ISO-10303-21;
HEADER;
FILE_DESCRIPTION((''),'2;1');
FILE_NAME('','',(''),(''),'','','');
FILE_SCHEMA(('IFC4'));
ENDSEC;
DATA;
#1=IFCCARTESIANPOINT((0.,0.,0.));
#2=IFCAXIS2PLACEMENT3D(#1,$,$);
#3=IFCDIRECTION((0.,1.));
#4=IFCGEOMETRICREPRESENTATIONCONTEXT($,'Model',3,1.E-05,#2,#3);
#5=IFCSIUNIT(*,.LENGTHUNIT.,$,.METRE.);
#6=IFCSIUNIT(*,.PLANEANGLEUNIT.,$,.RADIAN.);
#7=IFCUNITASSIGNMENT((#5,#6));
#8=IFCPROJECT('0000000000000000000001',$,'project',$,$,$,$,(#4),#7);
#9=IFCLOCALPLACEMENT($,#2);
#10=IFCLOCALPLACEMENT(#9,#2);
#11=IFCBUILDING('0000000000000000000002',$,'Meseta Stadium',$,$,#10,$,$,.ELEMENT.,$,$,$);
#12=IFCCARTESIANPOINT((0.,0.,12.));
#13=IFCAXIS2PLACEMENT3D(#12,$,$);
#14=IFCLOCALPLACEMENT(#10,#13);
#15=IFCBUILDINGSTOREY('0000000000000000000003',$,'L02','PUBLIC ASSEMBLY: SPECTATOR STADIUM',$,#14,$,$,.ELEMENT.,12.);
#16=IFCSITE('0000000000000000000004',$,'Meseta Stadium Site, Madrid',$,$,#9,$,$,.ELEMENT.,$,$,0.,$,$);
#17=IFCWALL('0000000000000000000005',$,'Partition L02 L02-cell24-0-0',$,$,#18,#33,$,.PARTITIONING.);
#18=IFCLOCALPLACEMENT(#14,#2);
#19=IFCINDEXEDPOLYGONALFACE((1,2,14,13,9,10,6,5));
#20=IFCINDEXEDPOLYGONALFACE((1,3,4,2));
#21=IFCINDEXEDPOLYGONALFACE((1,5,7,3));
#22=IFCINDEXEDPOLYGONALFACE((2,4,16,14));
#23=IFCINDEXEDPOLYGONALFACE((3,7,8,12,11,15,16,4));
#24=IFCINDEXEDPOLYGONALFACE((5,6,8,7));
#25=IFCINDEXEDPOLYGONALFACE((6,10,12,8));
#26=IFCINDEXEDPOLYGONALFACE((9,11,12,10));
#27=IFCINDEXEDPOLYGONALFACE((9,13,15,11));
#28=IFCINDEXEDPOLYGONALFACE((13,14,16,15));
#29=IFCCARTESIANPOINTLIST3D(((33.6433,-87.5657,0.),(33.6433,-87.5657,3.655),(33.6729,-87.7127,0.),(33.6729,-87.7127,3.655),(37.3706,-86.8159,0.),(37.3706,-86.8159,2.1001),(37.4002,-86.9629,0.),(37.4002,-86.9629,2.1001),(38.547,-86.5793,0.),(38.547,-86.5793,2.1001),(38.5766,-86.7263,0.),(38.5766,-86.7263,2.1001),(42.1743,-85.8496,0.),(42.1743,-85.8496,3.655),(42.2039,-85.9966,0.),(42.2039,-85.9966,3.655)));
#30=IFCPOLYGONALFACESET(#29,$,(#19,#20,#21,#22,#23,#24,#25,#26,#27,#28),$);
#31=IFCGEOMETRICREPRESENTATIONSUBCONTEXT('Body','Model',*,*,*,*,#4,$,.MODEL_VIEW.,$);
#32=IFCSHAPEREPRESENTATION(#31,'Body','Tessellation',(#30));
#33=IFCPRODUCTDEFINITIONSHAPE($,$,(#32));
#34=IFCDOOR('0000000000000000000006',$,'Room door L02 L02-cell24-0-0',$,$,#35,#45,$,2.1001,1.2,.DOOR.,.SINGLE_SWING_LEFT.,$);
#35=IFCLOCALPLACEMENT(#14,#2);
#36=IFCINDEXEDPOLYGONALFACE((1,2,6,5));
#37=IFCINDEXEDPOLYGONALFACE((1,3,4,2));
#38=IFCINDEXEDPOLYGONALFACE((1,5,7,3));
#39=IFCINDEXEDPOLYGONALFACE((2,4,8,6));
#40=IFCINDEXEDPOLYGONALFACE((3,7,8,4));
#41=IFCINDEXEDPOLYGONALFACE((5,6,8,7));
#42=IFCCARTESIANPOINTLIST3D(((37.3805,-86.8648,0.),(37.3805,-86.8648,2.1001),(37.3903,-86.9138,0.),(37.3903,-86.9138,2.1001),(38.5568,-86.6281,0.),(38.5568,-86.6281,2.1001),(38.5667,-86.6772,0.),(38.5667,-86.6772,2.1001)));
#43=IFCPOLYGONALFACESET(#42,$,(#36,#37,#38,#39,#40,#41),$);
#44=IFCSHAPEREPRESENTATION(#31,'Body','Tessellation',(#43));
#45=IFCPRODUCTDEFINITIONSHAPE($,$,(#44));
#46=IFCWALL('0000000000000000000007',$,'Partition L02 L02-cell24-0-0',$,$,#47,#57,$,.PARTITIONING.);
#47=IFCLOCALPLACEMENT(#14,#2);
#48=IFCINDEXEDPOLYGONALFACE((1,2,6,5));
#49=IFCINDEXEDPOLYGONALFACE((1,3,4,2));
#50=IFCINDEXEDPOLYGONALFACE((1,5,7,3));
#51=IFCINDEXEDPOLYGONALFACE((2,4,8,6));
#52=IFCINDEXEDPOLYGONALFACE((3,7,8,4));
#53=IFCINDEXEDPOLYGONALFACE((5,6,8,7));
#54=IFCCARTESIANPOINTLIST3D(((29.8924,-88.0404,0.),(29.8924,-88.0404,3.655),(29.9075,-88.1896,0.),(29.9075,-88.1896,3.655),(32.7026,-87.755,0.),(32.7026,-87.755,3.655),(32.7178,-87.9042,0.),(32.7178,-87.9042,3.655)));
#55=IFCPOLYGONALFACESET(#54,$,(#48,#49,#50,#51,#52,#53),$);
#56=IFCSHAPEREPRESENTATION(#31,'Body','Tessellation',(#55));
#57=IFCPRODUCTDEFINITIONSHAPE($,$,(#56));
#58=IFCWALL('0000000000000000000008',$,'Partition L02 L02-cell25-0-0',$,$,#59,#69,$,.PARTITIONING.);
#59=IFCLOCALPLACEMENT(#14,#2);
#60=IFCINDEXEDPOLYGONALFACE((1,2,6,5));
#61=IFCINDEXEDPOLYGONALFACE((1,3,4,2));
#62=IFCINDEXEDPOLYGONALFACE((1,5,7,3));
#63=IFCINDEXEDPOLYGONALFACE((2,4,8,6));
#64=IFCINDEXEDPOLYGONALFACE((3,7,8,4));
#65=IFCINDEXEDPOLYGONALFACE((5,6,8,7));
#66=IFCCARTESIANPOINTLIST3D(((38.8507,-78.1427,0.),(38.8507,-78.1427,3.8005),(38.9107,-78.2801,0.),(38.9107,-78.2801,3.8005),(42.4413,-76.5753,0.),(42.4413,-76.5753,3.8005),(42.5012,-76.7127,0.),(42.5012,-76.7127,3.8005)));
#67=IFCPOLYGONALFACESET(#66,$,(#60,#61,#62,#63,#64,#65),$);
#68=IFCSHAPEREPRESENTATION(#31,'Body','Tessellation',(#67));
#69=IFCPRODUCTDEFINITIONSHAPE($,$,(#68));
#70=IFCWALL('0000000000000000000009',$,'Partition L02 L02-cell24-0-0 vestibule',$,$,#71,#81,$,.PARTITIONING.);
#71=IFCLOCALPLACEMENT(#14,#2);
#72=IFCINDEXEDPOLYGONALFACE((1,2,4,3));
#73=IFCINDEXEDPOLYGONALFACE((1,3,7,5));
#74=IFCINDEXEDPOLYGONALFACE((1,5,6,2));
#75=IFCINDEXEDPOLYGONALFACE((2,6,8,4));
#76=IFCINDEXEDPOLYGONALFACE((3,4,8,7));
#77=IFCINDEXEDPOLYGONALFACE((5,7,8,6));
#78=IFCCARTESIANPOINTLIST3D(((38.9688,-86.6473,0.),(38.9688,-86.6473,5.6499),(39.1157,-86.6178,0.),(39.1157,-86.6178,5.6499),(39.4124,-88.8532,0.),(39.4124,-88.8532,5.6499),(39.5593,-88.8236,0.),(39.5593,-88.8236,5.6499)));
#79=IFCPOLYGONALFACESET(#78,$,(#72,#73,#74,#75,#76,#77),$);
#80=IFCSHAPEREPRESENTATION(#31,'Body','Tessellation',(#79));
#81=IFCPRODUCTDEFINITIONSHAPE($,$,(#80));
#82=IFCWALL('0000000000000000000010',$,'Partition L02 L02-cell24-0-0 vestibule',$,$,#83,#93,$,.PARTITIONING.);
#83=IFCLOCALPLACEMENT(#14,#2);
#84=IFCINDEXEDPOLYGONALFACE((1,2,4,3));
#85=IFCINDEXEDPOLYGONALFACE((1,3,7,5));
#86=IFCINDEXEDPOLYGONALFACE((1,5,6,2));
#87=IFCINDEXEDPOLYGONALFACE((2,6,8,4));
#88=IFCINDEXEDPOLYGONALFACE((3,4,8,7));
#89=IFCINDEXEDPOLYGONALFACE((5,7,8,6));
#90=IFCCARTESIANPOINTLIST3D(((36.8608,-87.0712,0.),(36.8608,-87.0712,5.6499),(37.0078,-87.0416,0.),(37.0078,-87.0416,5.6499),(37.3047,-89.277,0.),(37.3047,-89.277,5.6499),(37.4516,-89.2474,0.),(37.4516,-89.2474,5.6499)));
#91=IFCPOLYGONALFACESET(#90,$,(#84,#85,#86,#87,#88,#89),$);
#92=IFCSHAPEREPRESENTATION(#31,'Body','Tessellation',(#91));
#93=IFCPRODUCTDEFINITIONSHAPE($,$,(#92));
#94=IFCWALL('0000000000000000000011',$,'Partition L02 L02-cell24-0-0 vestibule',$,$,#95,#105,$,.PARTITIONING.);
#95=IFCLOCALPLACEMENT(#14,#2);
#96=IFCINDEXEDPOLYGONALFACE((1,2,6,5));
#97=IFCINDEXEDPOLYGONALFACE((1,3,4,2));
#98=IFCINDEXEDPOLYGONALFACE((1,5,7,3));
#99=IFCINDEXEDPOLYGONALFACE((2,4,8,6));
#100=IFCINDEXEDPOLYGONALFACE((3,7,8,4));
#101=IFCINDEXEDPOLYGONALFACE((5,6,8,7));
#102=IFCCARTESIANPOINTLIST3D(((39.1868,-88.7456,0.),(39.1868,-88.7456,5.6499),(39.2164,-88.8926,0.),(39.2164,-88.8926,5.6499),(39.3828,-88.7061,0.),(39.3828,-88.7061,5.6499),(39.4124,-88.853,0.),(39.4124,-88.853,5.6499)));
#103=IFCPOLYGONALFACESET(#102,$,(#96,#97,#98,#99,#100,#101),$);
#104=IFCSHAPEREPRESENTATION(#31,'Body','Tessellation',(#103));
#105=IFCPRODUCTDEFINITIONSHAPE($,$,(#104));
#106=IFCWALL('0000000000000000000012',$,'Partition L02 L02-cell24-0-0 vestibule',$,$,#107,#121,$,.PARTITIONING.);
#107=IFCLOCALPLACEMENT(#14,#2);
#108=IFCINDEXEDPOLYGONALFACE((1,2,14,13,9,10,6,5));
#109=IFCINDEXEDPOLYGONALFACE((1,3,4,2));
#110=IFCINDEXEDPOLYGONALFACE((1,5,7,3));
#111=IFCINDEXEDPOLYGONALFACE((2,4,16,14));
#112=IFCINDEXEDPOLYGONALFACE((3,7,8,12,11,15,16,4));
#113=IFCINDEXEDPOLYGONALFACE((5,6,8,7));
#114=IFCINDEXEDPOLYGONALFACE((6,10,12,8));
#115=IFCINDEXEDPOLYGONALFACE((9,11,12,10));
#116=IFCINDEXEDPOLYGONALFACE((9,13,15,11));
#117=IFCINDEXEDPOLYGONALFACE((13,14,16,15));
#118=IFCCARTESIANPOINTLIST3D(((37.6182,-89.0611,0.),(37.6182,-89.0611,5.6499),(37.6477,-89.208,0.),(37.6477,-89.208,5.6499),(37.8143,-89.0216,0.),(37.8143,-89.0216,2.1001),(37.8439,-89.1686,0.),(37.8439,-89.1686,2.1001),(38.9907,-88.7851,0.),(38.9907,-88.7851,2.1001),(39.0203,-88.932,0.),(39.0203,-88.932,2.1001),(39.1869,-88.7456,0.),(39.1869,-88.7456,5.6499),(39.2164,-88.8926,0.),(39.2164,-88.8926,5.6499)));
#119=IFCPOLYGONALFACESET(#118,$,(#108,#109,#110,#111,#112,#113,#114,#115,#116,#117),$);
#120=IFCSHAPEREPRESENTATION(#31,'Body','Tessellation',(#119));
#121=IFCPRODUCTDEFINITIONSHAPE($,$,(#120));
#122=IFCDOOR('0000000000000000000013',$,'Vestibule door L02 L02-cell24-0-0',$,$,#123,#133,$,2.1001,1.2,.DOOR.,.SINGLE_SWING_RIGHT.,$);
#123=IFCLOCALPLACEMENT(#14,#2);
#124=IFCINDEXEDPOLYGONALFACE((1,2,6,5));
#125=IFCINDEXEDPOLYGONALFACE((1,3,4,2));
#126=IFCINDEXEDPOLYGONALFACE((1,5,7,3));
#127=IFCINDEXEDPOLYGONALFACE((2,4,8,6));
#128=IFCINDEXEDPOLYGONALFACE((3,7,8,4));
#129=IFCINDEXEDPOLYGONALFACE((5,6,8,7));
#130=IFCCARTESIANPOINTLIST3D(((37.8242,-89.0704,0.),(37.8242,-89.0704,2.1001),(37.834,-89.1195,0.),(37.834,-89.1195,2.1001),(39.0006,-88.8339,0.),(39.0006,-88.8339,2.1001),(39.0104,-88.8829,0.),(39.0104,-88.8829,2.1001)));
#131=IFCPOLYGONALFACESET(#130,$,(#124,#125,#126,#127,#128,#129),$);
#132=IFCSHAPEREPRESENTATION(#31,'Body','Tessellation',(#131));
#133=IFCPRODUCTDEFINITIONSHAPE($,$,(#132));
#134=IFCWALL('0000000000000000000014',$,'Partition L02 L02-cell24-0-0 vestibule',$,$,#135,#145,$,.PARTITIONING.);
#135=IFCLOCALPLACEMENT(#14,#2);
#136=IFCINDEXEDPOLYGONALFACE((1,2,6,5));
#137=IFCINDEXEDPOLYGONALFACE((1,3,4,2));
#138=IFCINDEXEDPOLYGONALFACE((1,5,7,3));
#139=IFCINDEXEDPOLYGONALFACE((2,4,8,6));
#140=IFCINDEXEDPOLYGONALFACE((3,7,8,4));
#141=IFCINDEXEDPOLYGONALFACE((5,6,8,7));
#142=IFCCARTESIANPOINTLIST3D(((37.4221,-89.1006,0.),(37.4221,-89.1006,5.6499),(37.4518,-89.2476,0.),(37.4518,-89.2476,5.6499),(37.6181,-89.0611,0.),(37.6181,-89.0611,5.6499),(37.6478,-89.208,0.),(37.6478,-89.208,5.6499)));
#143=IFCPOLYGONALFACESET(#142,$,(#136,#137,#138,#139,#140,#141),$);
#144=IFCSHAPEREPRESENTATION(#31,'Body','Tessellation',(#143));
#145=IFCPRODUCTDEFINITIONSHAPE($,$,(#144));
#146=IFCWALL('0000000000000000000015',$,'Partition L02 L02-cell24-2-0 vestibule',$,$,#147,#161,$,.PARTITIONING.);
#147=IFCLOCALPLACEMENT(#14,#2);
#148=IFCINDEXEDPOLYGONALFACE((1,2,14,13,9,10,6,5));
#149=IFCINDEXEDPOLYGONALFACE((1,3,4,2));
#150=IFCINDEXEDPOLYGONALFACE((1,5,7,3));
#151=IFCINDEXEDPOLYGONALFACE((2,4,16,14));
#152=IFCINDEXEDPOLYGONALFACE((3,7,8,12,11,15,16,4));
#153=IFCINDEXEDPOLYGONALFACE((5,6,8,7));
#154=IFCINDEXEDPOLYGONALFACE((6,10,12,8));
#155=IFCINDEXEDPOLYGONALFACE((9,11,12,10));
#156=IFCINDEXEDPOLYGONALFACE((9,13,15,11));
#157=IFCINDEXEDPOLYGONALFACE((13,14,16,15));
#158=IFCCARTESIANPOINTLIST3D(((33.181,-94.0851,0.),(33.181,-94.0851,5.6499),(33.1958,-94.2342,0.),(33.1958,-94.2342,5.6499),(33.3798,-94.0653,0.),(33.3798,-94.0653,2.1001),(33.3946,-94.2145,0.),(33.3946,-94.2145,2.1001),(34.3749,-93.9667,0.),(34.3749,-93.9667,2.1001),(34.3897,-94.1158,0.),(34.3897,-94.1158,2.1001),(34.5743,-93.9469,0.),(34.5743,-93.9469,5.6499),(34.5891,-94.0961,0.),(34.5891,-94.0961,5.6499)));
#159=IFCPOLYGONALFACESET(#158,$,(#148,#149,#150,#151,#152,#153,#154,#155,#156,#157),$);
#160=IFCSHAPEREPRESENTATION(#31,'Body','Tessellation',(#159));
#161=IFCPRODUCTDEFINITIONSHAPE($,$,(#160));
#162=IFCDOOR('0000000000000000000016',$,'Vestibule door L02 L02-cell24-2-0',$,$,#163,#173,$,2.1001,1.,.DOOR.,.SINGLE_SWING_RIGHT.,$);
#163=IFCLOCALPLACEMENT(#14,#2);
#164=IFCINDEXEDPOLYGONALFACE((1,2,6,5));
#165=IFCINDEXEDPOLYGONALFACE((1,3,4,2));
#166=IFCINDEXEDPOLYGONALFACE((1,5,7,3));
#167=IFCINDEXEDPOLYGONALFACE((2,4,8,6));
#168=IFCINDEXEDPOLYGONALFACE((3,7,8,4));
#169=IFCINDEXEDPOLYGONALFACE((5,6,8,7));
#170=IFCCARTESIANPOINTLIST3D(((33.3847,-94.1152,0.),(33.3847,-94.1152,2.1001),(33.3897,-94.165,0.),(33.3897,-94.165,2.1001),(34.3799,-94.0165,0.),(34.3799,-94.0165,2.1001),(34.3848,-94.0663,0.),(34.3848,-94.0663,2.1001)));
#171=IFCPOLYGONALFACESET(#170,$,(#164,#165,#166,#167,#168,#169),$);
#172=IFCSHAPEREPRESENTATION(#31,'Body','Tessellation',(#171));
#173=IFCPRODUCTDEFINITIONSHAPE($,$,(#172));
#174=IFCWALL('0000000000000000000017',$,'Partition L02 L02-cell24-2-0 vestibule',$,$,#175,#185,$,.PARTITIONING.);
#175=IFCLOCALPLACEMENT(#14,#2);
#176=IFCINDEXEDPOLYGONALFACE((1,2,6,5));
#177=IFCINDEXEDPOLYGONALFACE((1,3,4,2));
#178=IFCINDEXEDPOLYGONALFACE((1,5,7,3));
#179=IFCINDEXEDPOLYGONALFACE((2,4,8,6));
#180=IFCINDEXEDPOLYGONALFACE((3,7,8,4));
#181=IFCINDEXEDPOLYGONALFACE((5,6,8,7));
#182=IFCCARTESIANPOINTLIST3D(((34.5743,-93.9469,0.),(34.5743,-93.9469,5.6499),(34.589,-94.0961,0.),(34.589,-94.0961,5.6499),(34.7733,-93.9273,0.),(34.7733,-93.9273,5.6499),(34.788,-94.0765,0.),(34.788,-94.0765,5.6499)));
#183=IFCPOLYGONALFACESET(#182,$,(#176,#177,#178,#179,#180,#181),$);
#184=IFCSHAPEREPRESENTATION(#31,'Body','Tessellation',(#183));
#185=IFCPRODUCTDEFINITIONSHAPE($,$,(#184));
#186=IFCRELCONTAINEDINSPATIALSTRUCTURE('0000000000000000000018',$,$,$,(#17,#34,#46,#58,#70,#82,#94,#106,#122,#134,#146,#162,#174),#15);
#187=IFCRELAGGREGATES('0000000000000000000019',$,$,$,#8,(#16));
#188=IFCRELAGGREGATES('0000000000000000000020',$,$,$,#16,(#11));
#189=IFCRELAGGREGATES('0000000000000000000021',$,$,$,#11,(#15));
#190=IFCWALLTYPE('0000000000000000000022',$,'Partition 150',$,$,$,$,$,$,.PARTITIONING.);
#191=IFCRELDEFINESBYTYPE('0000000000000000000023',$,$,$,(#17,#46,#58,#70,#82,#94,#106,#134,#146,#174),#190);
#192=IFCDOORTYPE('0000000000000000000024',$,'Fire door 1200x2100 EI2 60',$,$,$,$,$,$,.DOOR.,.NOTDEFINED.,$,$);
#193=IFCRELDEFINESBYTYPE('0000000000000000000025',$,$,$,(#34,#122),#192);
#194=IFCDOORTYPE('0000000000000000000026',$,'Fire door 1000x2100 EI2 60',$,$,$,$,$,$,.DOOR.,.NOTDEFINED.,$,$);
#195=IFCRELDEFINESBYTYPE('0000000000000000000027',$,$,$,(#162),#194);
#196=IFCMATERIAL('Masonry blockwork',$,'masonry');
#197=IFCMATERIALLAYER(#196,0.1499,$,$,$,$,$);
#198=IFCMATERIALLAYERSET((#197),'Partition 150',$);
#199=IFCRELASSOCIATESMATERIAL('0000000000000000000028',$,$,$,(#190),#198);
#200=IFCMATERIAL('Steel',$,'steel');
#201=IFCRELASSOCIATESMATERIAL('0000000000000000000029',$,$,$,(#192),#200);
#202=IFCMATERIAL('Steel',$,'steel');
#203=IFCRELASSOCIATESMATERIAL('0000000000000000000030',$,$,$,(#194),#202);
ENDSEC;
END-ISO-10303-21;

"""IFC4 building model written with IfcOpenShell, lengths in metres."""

from ifc_helpers import new_model, si_unit, direction, frame, frame_2d, origin, place, context, subcontext, project, spatial, rectangle, extrude, material, layer, layer_set, type_object, element, fill, save


model = new_model("IFC4")

# Units and contexts
model_context = context("Model", 3, precision=1e-05, world=origin(), true_north=direction((0.0, 1.0)))
body_context = subcontext(model_context, "Body", "Model", "MODEL_VIEW")
ifc_project = project(units=[si_unit("LENGTHUNIT", "METRE"), si_unit("PLANEANGLEUNIT", "RADIAN")], contexts=[model_context])

# Site, building, storey
site_placement = place(None, origin())
site = spatial("IfcSite", under=ifc_project, at=site_placement, Name="Meseta Stadium Site, Madrid", CompositionType="ELEMENT", RefElevation=0.0)
building_placement = place(site_placement, origin())
building = spatial("IfcBuilding", under=site, at=building_placement, Name="Meseta Stadium", CompositionType="ELEMENT")
storey_placement = place(building_placement, frame((0.0, 0.0, 12.0)))
storey = spatial("IfcBuildingStorey", under=building, at=storey_placement, Name="L02", Description="PUBLIC ASSEMBLY: SPECTATOR STADIUM", CompositionType="ELEMENT", Elevation=12.0)

# Wall, opening, door
ifc_material_1 = material(Name="Masonry blockwork", Category="masonry")
ifc_layer_1 = layer(ifc_material_1, 0.1499)
ifc_layer_set_1 = layer_set([ifc_layer_1], Name="Partition 150")
wall_type = type_object("IfcWallType", Name="Partition 150", PredefinedType="PARTITIONING", material=ifc_layer_set_1)
wall_1_placement = place(storey_placement, frame((42.1892, -85.9231, 0.0), z_axis=(0.0, 0.0, 1.0), x_axis=(-0.980362, -0.197206, 0.0)))
wall_1 = element("IfcWall", 1, at=wall_1_placement, inside=storey, type_object=wall_type, Name="Partition L02 L02-cell24-0-0", PredefinedType="PARTITIONING", context=body_context, shape_type="SweptSolid", body=[
    extrude(rectangle(XDim=8.7019, YDim=0.1499, at=frame_2d((4.3511, 0.0))), origin(), (0.0, 0.0, 1.0), 3.655),
])
opening_1_placement = place(wall_1_placement, frame((3.7, 0.0, 0.0)))
opening_1 = element("IfcOpeningElement", 2, at=opening_1_placement, cuts=wall_1, PredefinedType="OPENING", context=body_context, shape_type="SweptSolid", body=[
    extrude(rectangle(XDim=1.2, YDim=2.1001, at=frame_2d((0.6001, 1.05))), frame((0.0, 0.085, 0.0), z_axis=(0.0, -1.0, 0.0), x_axis=(1.0, 0.0, 0.0)), (0.0, 0.0, 1.0), 0.1699),
])
ifc_material_2 = material(Name="Steel", Category="steel")
door_type_1 = type_object("IfcDoorType", Name="Fire door 1200x2100 EI2 60", OperationType="NOTDEFINED", PredefinedType="DOOR", material=ifc_material_2)
door_1_placement = place(opening_1_placement, origin())
door_1 = element("IfcDoor", 3, at=door_1_placement, inside=storey, type_object=door_type_1, Name="Room door L02 L02-cell24-0-0", OperationType="SINGLE_SWING_LEFT", OverallHeight=2.1001, OverallWidth=1.2, PredefinedType="DOOR", context=body_context, shape_type="SweptSolid", body=[
    extrude(rectangle(XDim=1.2, YDim=2.1001, at=frame_2d((0.6001, 1.05))), frame((0.0, 0.0249, 0.0), z_axis=(0.0, -1.0, 0.0), x_axis=(1.0, 0.0, 0.0)), (0.0, 0.0, 1.0), 0.05),
])
fill(opening_1, door_1)

# Walls
wall_2_placement = place(storey_placement, frame((32.7102, -87.8296, 0.0), z_axis=(0.0, 0.0, 1.0), x_axis=(-0.994883, -0.101035, 0.0)))
element("IfcWall", 4, at=wall_2_placement, inside=storey, type_object=wall_type, Name="Partition L02 L02-cell24-0-0", PredefinedType="PARTITIONING", context=body_context, shape_type="SweptSolid", body=[
    extrude(rectangle(XDim=2.8247, YDim=0.1499, at=frame_2d((1.4124, 0.0))), origin(), (0.0, 0.0, 1.0), 3.655),
])
wall_3_placement = place(storey_placement, frame((38.8806, -78.2114, 0.0), z_axis=(0.0, 0.0, 1.0), x_axis=(0.916485, 0.40007, 0.0)))
element("IfcWall", 5, at=wall_3_placement, inside=storey, type_object=wall_type, Name="Partition L02 L02-cell25-0-0", PredefinedType="PARTITIONING", context=body_context, shape_type="SweptSolid", body=[
    extrude(rectangle(XDim=3.9177, YDim=0.1499, at=frame_2d((1.959, 0.0))), origin(), (0.0, 0.0, 1.0), 3.8005),
])
for number, where, z_axis, x_axis, name in (
    (6, (39.0422, -86.6326, 0.0), (0.0, 0.0, 1.0), (0.197159, -0.980371, 0.0), "Partition L02 L02-cell24-0-0 vestibule"),
    (7, (36.9343, -87.0564, 0.0), (0.0, 0.0, 1.0), (0.197264, -0.98035, 0.0), "Partition L02 L02-cell24-0-0 vestibule"),
):
    element("IfcWall", number, at=place(storey_placement, frame(where, z_axis=z_axis, x_axis=x_axis)), inside=storey, type_object=wall_type, Name=name, PredefinedType="PARTITIONING", context=body_context, shape_type="SweptSolid", body=[
        extrude(rectangle(XDim=2.25, YDim=0.1499, at=frame_2d((1.125, 0.0))), origin(), (0.0, 0.0, 1.0), 5.6499),
    ])
wall_4_placement = place(storey_placement, frame((39.3977, -88.7795, 0.0), z_axis=(0.0, 0.0, 1.0), x_axis=(-0.980251, -0.197759, 0.0)))
element("IfcWall", 8, at=wall_4_placement, inside=storey, type_object=wall_type, Name="Partition L02 L02-cell24-0-0 vestibule", PredefinedType="PARTITIONING", context=body_context, shape_type="SweptSolid", body=[
    extrude(rectangle(XDim=0.2, YDim=0.1499, at=frame_2d((0.1001, 0.0))), origin(), (0.0, 0.0, 1.0), 5.6499),
])

# Wall, opening, door
wall_5_placement = place(storey_placement, frame((39.2017, -88.8191, 0.0), z_axis=(0.0, 0.0, 1.0), x_axis=(-0.980375, -0.197143, 0.0)))
wall_5 = element("IfcWall", 9, at=wall_5_placement, inside=storey, type_object=wall_type, Name="Partition L02 L02-cell24-0-0 vestibule", PredefinedType="PARTITIONING", context=body_context, shape_type="SweptSolid", body=[
    extrude(rectangle(XDim=1.6001, YDim=0.1499, at=frame_2d((0.8, 0.0))), origin(), (0.0, 0.0, 1.0), 5.6499),
])
opening_2_placement = place(wall_5_placement, frame((0.2, 0.0, 0.0)))
opening_2 = element("IfcOpeningElement", 10, at=opening_2_placement, cuts=wall_5, PredefinedType="OPENING", context=body_context, shape_type="SweptSolid", body=[
    extrude(rectangle(XDim=1.2, YDim=2.1001, at=frame_2d((0.6001, 1.05))), frame((0.0, 0.085, 0.0), z_axis=(0.0, -1.0, 0.0), x_axis=(1.0, 0.0, 0.0)), (0.0, 0.0, 1.0), 0.1699),
])
door_2_placement = place(opening_2_placement, origin())
door_2 = element("IfcDoor", 11, at=door_2_placement, inside=storey, type_object=door_type_1, Name="Vestibule door L02 L02-cell24-0-0", OperationType="SINGLE_SWING_RIGHT", OverallHeight=2.1001, OverallWidth=1.2, PredefinedType="DOOR", context=body_context, shape_type="SweptSolid", body=[
    extrude(rectangle(XDim=1.2, YDim=2.1001, at=frame_2d((0.6001, 1.05))), frame((0.0, 0.0249, 0.0), z_axis=(0.0, -1.0, 0.0), x_axis=(1.0, 0.0, 0.0)), (0.0, 0.0, 1.0), 0.05),
])
fill(opening_2, door_2)

# Wall
wall_6_placement = place(storey_placement, frame((37.6331, -89.1345, 0.0), z_axis=(0.0, 0.0, 1.0), x_axis=(-0.980251, -0.197759, 0.0)))
element("IfcWall", 12, at=wall_6_placement, inside=storey, type_object=wall_type, Name="Partition L02 L02-cell24-0-0 vestibule", PredefinedType="PARTITIONING", context=body_context, shape_type="SweptSolid", body=[
    extrude(rectangle(XDim=0.2, YDim=0.1499, at=frame_2d((0.1001, 0.0))), origin(), (0.0, 0.0, 1.0), 5.6499),
])

# Wall, opening, door
wall_7_placement = place(storey_placement, frame((33.1882, -94.1597, 0.0), z_axis=(0.0, 0.0, 1.0), x_axis=(0.995118, 0.098692, 0.0)))
wall_7 = element("IfcWall", 13, at=wall_7_placement, inside=storey, type_object=wall_type, Name="Partition L02 L02-cell24-2-0 vestibule", PredefinedType="PARTITIONING", context=body_context, shape_type="SweptSolid", body=[
    extrude(rectangle(XDim=1.4001, YDim=0.1499, at=frame_2d((0.7002, 0.0))), origin(), (0.0, 0.0, 1.0), 5.6499),
])
opening_3_placement = place(wall_7_placement, frame((0.2, 0.0, 0.0)))
opening_3 = element("IfcOpeningElement", 14, at=opening_3_placement, cuts=wall_7, PredefinedType="OPENING", context=body_context, shape_type="SweptSolid", body=[
    extrude(rectangle(XDim=1.0, YDim=2.1001, at=frame_2d((0.5, 1.05))), frame((0.0, 0.085, 0.0), z_axis=(0.0, -1.0, 0.0), x_axis=(1.0, 0.0, 0.0)), (0.0, 0.0, 1.0), 0.1699),
])
ifc_material_3 = material(Name="Steel", Category="steel")
door_type_2 = type_object("IfcDoorType", Name="Fire door 1000x2100 EI2 60", OperationType="NOTDEFINED", PredefinedType="DOOR", material=ifc_material_3)
door_3_placement = place(opening_3_placement, origin())
door_3 = element("IfcDoor", 15, at=door_3_placement, inside=storey, type_object=door_type_2, Name="Vestibule door L02 L02-cell24-2-0", OperationType="SINGLE_SWING_RIGHT", OverallHeight=2.1001, OverallWidth=1.0, PredefinedType="DOOR", context=body_context, shape_type="SweptSolid", body=[
    extrude(rectangle(XDim=1.0, YDim=2.1001, at=frame_2d((0.5, 1.05))), frame((0.0, 0.0249, 0.0), z_axis=(0.0, -1.0, 0.0), x_axis=(1.0, 0.0, 0.0)), (0.0, 0.0, 1.0), 0.05),
])
fill(opening_3, door_3)

# Wall
wall_8_placement = place(storey_placement, frame((34.5815, -94.0215, 0.0), z_axis=(0.0, 0.0, 1.0), x_axis=(0.995217, 0.09769, 0.0)))
element("IfcWall", 16, at=wall_8_placement, inside=storey, type_object=wall_type, Name="Partition L02 L02-cell24-2-0 vestibule", PredefinedType="PARTITIONING", context=body_context, shape_type="SweptSolid", body=[
    extrude(rectangle(XDim=0.2, YDim=0.1499, at=frame_2d((0.1001, 0.0))), origin(), (0.0, 0.0, 1.0), 5.6499),
])

save(model, "model.ifc")
